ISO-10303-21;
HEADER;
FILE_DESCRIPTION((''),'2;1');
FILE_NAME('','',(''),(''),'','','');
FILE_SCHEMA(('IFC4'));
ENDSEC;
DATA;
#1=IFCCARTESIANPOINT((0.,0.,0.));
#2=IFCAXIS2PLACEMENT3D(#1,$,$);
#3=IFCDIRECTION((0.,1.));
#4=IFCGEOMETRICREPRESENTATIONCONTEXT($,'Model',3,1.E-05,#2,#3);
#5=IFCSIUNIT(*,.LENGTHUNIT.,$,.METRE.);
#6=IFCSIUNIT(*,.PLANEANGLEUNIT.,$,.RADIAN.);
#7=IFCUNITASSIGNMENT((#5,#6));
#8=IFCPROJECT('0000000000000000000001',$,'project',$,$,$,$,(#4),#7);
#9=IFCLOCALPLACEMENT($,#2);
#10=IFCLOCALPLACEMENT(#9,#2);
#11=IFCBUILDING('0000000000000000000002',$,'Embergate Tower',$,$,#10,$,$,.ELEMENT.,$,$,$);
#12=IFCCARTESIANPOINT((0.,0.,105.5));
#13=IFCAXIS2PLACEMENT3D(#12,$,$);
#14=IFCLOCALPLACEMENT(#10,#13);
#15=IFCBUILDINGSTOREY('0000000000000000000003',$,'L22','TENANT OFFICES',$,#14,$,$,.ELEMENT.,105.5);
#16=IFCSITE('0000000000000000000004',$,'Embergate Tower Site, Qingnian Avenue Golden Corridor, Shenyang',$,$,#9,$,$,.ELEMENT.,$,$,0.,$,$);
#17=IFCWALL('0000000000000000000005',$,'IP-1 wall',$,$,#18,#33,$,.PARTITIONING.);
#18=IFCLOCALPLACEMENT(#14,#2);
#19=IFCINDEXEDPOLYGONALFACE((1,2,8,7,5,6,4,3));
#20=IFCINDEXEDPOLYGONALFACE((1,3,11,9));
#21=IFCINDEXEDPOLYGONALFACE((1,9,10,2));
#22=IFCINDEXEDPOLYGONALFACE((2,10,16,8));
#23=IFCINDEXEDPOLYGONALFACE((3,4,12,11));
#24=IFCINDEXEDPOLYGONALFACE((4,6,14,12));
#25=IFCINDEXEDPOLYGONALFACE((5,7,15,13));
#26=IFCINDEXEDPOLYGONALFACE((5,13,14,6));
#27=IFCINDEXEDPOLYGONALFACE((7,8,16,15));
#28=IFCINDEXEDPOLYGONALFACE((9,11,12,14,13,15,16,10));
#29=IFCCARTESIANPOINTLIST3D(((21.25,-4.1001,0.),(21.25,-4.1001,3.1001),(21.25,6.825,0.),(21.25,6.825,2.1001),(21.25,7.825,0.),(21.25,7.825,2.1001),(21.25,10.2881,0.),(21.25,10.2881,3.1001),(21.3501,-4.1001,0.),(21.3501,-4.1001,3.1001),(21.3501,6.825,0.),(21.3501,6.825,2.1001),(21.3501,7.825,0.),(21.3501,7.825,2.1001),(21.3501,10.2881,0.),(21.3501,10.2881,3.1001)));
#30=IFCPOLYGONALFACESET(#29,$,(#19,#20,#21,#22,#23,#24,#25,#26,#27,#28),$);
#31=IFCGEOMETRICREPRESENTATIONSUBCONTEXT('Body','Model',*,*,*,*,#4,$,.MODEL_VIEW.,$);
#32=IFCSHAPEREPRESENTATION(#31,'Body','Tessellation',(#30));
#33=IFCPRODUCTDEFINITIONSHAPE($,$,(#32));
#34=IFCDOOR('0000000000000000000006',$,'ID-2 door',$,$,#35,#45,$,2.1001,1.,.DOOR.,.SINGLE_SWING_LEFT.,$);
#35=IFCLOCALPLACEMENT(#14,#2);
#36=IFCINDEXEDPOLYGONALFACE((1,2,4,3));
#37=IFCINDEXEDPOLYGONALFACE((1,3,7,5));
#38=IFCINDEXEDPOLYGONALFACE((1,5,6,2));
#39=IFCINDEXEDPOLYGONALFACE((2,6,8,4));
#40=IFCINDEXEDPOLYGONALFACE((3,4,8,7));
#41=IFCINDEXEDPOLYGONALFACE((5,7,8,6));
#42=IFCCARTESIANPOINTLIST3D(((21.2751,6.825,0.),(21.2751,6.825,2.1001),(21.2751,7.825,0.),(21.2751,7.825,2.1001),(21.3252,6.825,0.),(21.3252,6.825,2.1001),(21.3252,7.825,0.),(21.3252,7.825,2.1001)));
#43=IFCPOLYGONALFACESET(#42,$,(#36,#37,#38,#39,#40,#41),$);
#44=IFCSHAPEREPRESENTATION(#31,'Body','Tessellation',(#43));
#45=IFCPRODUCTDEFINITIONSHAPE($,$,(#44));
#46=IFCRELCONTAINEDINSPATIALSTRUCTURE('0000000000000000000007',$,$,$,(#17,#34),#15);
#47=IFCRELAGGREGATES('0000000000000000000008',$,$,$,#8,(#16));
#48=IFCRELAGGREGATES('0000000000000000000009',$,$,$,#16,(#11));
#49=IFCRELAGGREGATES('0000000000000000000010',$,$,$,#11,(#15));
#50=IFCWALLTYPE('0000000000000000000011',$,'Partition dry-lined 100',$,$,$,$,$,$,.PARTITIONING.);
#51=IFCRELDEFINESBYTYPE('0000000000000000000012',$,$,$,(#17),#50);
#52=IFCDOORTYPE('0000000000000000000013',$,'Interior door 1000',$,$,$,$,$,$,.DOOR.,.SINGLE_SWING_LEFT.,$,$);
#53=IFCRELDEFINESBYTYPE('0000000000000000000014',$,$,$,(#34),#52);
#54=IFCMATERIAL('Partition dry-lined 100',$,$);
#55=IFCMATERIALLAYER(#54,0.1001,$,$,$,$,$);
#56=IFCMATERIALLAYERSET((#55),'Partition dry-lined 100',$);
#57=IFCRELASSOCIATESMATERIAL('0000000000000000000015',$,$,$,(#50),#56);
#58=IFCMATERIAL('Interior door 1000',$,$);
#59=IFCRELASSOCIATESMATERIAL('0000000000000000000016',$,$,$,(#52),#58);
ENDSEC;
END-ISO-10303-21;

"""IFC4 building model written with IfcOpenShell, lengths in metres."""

from ifc_helpers import new_model, si_unit, direction, frame, frame_2d, origin, place, context, subcontext, project, spatial, rectangle, extrude, source, transform, mapped, material, layer, layer_set, type_object, element, fill, save


model = new_model("IFC4")

# Units and contexts
model_context = context("Model", 3, precision=1e-05, world=origin(), true_north=direction((0.0, 1.0)))
body_context = subcontext(model_context, "Body", "Model", "MODEL_VIEW")
ifc_project = project(units=[si_unit("LENGTHUNIT", "METRE"), si_unit("PLANEANGLEUNIT", "RADIAN")], contexts=[model_context])

# Site, building, storey
site_placement = place(None, origin())
site = spatial("IfcSite", under=ifc_project, at=site_placement, Name="Embergate Tower Site, Qingnian Avenue Golden Corridor, Shenyang", CompositionType="ELEMENT", RefElevation=0.0)
building_placement = place(site_placement, origin())
building = spatial("IfcBuilding", under=site, at=building_placement, Name="Embergate Tower", CompositionType="ELEMENT")
storey_placement = place(building_placement, frame((0.0, 0.0, 105.5)))
storey = spatial("IfcBuildingStorey", under=building, at=storey_placement, Name="L22", Description="TENANT OFFICES", CompositionType="ELEMENT", Elevation=105.5)

# Shared definitions
ifc_material_1 = material(Name="Partition dry-lined 100")
ifc_layer_1 = layer(ifc_material_1, 0.1001)
ifc_layer_set_1 = layer_set([ifc_layer_1], Name="Partition dry-lined 100")
wall_type = type_object("IfcWallType", Name="Partition dry-lined 100", PredefinedType="PARTITIONING", material=ifc_layer_set_1)

# Wall, opening, door
shared_shape_1 = source(origin(), body_context, "Body", "SweptSolid", [
    extrude(rectangle(XDim=14.3882, YDim=0.1001, at=frame_2d((7.1941, 0.0))), origin(), (0.0, 0.0, 1.0), 3.1001),
])
wall_1_placement = place(storey_placement, frame((21.3, -4.1001, 0.0), z_axis=(0.0, 0.0, 1.0), x_axis=(0.0, 1.0, 0.0)))
wall_1 = element("IfcWall", 1, at=wall_1_placement, inside=storey, type_object=wall_type, Name="IP-1 wall", PredefinedType="PARTITIONING", context=body_context, shape_type="MappedRepresentation", body=[
    mapped(shared_shape_1, transform((0.0, 0.0, 0.0))),
])
shared_shape_2 = source(origin(), body_context, "Body", "SweptSolid", [
    extrude(rectangle(XDim=1.0, YDim=2.1001, at=frame_2d((0.5, 1.05))), frame((0.0, 0.0601, 0.0), z_axis=(0.0, -1.0, 0.0), x_axis=(1.0, 0.0, 0.0)), (0.0, 0.0, 1.0), 0.1201),
])
opening_placement = place(wall_1_placement, frame((10.925, 0.0, 0.0)))
opening = element("IfcOpeningElement", 2, at=opening_placement, cuts=wall_1, PredefinedType="OPENING", context=body_context, shape_type="MappedRepresentation", body=[
    mapped(shared_shape_2, transform((0.0, 0.0, 0.0))),
])
ifc_material_2 = material(Name="Interior door 1000")
door_type = type_object("IfcDoorType", Name="Interior door 1000", OperationType="SINGLE_SWING_LEFT", PredefinedType="DOOR", material=ifc_material_2)
shared_shape_3 = source(origin(), body_context, "Body", "SweptSolid", [
    extrude(rectangle(XDim=1.0, YDim=2.1001, at=frame_2d((0.5, 1.05))), frame((0.0, 0.0249, 0.0), z_axis=(0.0, -1.0, 0.0), x_axis=(1.0, 0.0, 0.0)), (0.0, 0.0, 1.0), 0.05),
])
door_placement = place(opening_placement, origin())
door = element("IfcDoor", 3, at=door_placement, inside=storey, type_object=door_type, Name="ID-2 door", OperationType="SINGLE_SWING_LEFT", OverallHeight=2.1001, OverallWidth=1.0, PredefinedType="DOOR", context=body_context, shape_type="MappedRepresentation", body=[
    mapped(shared_shape_3, transform((0.0, 0.0, 0.0))),
])
fill(opening, door)

save(model, "model.ifc")
